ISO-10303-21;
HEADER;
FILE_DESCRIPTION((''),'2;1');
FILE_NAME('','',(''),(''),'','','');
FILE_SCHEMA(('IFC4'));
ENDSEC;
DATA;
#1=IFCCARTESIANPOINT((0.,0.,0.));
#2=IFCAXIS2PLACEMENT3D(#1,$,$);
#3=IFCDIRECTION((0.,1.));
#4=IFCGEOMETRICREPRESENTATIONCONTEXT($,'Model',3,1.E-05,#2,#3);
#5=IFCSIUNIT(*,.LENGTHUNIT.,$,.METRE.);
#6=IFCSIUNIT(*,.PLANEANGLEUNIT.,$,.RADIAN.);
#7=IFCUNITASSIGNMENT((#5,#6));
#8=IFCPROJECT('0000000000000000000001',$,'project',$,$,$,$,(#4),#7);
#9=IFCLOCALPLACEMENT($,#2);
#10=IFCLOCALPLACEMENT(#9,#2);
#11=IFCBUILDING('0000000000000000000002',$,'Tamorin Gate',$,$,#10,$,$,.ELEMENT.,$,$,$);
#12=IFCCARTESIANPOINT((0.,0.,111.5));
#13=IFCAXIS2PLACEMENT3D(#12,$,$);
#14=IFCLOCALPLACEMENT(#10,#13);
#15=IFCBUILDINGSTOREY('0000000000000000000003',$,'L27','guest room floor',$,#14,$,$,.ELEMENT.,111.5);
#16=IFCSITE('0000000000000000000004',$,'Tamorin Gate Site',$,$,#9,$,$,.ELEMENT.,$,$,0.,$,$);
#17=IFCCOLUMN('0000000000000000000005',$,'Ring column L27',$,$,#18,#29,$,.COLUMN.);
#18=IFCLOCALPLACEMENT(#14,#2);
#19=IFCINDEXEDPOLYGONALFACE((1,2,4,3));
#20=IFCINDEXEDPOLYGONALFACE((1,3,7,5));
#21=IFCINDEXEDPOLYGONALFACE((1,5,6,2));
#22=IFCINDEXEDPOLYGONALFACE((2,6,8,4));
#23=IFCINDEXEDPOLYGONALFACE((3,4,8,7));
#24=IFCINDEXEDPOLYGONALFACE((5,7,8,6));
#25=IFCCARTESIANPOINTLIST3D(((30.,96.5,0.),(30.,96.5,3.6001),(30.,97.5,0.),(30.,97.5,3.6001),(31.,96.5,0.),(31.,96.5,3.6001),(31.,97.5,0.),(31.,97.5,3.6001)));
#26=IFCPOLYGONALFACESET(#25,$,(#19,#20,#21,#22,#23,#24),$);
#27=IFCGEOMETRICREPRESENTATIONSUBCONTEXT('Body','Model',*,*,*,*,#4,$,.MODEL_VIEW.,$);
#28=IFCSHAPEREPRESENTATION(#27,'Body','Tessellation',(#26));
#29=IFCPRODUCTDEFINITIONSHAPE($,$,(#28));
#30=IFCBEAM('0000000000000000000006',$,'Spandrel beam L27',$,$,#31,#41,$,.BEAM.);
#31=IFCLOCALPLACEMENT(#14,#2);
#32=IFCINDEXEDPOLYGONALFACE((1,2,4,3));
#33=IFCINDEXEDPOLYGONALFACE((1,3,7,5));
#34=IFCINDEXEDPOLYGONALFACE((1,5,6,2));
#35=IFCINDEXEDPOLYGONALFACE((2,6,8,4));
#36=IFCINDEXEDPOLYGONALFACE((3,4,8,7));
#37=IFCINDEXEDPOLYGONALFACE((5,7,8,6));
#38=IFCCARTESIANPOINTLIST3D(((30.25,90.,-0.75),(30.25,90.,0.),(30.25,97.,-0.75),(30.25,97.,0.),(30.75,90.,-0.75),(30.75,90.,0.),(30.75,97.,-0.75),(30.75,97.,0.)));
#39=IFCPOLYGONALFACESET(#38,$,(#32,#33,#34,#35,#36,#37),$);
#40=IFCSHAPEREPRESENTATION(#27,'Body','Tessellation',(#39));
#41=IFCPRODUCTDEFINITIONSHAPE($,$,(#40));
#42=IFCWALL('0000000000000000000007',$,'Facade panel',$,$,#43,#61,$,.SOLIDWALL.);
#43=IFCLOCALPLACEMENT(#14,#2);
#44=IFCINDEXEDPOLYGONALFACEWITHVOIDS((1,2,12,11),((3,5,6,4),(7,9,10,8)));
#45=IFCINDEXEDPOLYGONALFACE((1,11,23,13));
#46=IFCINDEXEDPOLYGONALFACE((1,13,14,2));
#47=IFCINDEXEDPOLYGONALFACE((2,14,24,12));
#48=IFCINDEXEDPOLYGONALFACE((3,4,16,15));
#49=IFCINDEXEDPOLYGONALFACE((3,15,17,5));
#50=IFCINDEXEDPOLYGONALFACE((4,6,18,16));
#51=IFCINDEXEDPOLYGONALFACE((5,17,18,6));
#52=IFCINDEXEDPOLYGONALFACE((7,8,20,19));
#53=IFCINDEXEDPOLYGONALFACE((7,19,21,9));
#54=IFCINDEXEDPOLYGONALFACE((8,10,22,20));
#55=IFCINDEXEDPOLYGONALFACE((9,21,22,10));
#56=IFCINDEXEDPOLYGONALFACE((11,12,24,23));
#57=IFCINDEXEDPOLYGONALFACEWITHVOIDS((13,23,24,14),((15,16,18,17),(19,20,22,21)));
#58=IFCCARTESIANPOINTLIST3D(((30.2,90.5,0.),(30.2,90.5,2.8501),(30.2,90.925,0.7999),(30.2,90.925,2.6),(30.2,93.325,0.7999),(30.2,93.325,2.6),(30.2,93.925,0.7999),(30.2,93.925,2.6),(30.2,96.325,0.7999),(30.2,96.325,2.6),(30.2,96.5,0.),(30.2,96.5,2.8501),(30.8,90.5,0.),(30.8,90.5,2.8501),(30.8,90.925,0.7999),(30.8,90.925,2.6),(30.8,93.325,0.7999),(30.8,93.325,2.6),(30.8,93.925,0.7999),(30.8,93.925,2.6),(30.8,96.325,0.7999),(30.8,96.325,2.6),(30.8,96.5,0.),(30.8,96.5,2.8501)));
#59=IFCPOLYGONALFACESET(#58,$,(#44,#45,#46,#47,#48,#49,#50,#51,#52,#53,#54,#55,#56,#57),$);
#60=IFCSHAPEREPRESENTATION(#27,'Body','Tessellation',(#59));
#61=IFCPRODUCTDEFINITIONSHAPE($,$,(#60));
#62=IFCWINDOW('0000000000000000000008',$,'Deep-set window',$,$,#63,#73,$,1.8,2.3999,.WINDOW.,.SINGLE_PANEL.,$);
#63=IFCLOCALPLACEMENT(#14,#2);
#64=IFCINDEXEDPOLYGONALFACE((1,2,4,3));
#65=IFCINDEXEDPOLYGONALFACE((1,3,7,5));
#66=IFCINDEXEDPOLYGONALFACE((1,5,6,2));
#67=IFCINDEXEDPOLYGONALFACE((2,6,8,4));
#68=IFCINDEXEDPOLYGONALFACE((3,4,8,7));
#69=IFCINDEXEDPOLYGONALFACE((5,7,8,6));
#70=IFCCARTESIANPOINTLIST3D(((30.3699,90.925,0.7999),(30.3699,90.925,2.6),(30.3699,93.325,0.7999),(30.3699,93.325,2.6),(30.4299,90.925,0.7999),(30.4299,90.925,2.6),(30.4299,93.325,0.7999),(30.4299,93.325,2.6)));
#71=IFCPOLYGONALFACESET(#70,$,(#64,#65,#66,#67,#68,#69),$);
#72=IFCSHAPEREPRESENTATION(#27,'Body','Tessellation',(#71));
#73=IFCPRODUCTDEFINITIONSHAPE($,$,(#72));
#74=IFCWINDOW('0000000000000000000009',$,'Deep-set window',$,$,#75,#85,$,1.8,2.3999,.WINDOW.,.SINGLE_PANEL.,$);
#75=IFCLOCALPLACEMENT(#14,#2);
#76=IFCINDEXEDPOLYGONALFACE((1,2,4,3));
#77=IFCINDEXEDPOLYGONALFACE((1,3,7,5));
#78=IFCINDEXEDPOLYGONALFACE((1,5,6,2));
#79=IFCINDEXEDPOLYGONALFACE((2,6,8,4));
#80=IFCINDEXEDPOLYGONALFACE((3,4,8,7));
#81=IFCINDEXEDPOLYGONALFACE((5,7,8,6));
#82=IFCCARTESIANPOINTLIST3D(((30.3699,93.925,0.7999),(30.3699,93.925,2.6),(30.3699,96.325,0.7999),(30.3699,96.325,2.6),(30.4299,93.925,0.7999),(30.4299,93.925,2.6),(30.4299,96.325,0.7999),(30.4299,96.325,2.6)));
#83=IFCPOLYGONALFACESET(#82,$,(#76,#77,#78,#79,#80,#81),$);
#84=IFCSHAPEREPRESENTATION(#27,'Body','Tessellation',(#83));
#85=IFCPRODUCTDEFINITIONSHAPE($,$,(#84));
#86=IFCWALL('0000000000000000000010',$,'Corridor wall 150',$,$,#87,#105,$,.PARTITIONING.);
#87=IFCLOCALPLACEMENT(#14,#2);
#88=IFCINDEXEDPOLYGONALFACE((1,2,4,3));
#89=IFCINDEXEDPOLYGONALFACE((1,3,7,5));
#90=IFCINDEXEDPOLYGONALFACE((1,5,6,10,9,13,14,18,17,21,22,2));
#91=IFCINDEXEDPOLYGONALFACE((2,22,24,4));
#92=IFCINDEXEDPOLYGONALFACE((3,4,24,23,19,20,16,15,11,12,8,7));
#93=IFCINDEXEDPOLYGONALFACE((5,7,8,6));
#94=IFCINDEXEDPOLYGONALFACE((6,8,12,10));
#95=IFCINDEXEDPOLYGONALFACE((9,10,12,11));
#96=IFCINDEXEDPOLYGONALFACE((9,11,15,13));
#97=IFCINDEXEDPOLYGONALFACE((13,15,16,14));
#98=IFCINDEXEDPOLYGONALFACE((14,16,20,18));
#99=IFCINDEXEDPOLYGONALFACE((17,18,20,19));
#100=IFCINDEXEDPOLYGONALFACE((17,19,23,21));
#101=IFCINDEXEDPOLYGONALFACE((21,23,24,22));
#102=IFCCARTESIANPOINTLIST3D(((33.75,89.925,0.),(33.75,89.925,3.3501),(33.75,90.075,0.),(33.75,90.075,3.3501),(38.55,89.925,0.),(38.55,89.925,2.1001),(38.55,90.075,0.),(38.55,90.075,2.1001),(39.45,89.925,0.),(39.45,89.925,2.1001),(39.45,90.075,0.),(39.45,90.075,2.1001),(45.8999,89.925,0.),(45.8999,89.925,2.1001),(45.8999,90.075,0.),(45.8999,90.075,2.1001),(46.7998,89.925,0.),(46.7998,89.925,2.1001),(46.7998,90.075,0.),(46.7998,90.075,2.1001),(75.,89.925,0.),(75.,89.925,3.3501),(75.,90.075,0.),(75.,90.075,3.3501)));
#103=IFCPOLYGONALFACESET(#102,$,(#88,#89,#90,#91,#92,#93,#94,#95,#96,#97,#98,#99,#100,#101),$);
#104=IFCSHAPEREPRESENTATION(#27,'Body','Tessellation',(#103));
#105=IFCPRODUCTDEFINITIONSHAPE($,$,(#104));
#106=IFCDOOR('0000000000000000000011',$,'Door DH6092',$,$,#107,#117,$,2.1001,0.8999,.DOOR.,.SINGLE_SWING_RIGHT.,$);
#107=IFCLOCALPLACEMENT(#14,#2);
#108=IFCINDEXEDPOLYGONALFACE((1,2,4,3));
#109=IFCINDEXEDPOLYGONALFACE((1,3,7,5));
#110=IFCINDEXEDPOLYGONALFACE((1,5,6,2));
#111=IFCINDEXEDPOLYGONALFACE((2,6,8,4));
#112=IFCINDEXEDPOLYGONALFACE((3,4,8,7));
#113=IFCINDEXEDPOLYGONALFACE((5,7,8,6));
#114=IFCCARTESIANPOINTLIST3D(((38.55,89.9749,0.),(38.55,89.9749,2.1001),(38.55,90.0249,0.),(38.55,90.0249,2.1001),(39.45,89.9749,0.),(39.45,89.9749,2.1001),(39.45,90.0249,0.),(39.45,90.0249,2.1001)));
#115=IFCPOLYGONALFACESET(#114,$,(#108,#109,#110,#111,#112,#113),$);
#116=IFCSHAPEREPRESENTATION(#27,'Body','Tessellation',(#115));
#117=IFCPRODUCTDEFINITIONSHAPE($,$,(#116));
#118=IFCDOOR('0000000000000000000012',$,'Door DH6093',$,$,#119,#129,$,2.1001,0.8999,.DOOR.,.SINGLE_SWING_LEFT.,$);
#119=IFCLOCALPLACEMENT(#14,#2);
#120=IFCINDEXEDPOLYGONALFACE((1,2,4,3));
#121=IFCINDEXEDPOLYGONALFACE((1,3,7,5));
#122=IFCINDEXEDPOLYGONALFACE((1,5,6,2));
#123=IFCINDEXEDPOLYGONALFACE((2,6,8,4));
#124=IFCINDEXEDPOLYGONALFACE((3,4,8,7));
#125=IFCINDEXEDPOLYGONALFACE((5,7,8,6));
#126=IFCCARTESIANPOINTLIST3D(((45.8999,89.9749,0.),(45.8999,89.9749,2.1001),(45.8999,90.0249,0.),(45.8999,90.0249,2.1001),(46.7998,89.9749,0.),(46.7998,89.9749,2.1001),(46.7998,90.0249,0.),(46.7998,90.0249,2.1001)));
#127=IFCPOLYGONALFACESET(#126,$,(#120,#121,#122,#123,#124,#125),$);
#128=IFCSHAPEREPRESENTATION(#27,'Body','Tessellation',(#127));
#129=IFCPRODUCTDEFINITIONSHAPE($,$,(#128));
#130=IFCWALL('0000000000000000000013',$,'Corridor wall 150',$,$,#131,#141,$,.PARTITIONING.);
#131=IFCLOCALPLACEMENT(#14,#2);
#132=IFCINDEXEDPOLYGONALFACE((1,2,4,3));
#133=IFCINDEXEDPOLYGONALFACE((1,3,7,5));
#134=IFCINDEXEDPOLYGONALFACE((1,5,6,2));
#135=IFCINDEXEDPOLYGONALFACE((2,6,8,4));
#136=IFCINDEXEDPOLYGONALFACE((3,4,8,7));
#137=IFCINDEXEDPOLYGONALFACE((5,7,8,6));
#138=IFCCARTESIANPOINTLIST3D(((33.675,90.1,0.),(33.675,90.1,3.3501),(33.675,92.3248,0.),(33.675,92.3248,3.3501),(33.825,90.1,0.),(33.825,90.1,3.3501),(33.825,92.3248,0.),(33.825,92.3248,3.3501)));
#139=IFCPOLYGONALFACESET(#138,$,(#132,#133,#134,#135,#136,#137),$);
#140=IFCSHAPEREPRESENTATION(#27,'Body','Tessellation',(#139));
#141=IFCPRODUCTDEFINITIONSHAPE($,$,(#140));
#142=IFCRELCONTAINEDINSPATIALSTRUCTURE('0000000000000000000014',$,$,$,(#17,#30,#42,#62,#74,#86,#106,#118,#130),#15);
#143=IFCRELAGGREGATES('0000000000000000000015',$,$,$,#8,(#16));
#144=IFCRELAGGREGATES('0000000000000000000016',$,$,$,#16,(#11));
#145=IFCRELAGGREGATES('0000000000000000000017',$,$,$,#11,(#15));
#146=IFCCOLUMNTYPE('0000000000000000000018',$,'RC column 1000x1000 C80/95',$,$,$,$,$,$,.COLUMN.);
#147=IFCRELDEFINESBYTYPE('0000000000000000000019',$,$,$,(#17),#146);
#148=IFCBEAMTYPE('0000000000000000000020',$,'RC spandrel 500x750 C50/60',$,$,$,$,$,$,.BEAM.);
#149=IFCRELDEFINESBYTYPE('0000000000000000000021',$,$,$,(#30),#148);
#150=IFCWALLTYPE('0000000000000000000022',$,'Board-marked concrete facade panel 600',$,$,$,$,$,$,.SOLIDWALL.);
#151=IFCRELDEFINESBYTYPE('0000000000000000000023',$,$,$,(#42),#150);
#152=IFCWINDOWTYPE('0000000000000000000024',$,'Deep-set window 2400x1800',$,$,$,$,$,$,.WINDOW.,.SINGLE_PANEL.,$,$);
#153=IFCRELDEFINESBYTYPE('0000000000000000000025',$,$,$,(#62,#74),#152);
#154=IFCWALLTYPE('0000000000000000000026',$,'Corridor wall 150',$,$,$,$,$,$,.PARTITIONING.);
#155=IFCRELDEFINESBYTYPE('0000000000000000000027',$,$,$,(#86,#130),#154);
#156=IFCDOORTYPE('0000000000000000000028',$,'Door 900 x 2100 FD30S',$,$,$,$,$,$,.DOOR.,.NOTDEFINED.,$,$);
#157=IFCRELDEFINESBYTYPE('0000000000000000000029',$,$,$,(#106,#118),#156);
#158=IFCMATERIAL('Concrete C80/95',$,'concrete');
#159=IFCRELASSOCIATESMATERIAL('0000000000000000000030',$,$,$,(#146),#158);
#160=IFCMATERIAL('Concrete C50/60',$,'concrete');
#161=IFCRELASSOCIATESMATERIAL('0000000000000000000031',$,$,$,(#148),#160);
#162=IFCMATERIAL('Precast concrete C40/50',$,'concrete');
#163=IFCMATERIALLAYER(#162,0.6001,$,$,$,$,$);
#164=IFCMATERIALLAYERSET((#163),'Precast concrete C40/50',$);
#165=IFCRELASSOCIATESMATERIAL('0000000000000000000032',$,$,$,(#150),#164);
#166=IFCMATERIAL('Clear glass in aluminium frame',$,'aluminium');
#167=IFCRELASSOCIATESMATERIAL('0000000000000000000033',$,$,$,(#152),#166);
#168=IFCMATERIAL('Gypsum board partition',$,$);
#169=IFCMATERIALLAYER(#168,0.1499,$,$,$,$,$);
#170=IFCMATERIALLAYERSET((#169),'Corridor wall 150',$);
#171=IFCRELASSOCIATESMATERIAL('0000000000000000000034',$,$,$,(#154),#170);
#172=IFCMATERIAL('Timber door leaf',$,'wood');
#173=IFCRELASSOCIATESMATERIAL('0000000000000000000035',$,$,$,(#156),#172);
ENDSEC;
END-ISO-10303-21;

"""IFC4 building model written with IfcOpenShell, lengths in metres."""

from ifc_helpers import new_model, si_unit, direction, frame, frame_2d, origin, origin_2d, place, context, subcontext, project, spatial, rectangle, extrude, material, layer, layer_set, material_profile, profile_set, type_object, element, fill, save


model = new_model("IFC4")

# Units and contexts
model_context = context("Model", 3, precision=1e-05, world=origin(), true_north=direction((0.0, 1.0)))
body_context = subcontext(model_context, "Body", "Model", "MODEL_VIEW")
ifc_project = project(units=[si_unit("LENGTHUNIT", "METRE"), si_unit("PLANEANGLEUNIT", "RADIAN")], contexts=[model_context])

# Site, building, storey
site_placement = place(None, origin())
site = spatial("IfcSite", under=ifc_project, at=site_placement, Name="Tamorin Gate Site", CompositionType="ELEMENT", RefElevation=0.0)
building_placement = place(site_placement, origin())
building = spatial("IfcBuilding", under=site, at=building_placement, Name="Tamorin Gate", CompositionType="ELEMENT")
storey_placement = place(building_placement, frame((0.0, 0.0, 111.5)))
storey = spatial("IfcBuildingStorey", under=building, at=storey_placement, Name="L27", Description="guest room floor", CompositionType="ELEMENT", Elevation=111.5)

# Column
ifc_material_1 = material(Name="Concrete C80/95", Category="concrete")
ifc_material_profile_1 = material_profile(ifc_material_1, rectangle(XDim=1.0, YDim=1.0, at=origin_2d()), Name="RC 1000x1000")
ifc_profile_set_1 = profile_set([ifc_material_profile_1], Name="Concrete C80/95")
column_type = type_object("IfcColumnType", Name="RC column 1000x1000 C80/95", PredefinedType="COLUMN", material=ifc_profile_set_1)
column_placement = place(storey_placement, frame((30.5, 97.0, 0.0), z_axis=(0.0, 0.0, 1.0), x_axis=(1.0, 0.0, 0.0)))
element("IfcColumn", 1, at=column_placement, inside=storey, type_object=column_type, Name="Ring column L27", PredefinedType="COLUMN", context=body_context, shape_type="SweptSolid", body=[
    extrude(rectangle(XDim=1.0, YDim=1.0, at=origin_2d()), origin(), (0.0, 0.0, 1.0), 3.6001),
])

# Beam
ifc_material_2 = material(Name="Concrete C50/60", Category="concrete")
ifc_material_profile_2 = material_profile(ifc_material_2, rectangle(XDim=0.5, YDim=0.75, at=origin_2d()), Name="RC 500x750")
ifc_profile_set_2 = profile_set([ifc_material_profile_2], Name="Concrete C50/60")
beam_type = type_object("IfcBeamType", Name="RC spandrel 500x750 C50/60", PredefinedType="BEAM", material=ifc_profile_set_2)
beam_placement = place(storey_placement, frame((30.5, 97.0, -0.375), z_axis=(0.0, -1.0, 0.0), x_axis=(1.0, 0.0, 0.0)))
element("IfcBeam", 2, at=beam_placement, inside=storey, type_object=beam_type, Name="Spandrel beam L27", PredefinedType="BEAM", context=body_context, shape_type="SweptSolid", body=[
    extrude(rectangle(XDim=0.5, YDim=0.75, at=origin_2d()), origin(), (0.0, 0.0, 1.0), 7.0),
])

# Wall, openings, windows
ifc_material_3 = material(Name="Precast concrete C40/50", Category="concrete")
ifc_layer_1 = layer(ifc_material_3, 0.6001)
ifc_layer_set_1 = layer_set([ifc_layer_1], Name="Precast concrete C40/50")
wall_type_1 = type_object("IfcWallType", Name="Board-marked concrete facade panel 600", PredefinedType="SOLIDWALL", material=ifc_layer_set_1)
wall_1_placement = place(storey_placement, frame((30.5, 96.5, 0.0), z_axis=(0.0, 0.0, 1.0), x_axis=(0.0, -1.0, 0.0)))
wall_1 = element("IfcWall", 3, at=wall_1_placement, inside=storey, type_object=wall_type_1, Name="Facade panel", PredefinedType="SOLIDWALL", context=body_context, shape_type="SweptSolid", body=[
    extrude(rectangle(XDim=6.0, YDim=0.6001, at=frame_2d((3.0, 0.0))), origin(), (0.0, 0.0, 1.0), 2.8501),
])
opening_1_placement = place(wall_1_placement, frame((3.175, 0.0, 0.8)))
opening_1 = element("IfcOpeningElement", 4, at=opening_1_placement, cuts=wall_1, PredefinedType="OPENING", context=body_context, shape_type="SweptSolid", body=[
    extrude(rectangle(XDim=2.3999, YDim=1.8, at=frame_2d((1.2, 0.8999))), frame((0.0, 0.3101, 0.0), z_axis=(0.0, -1.0, 0.0), x_axis=(1.0, 0.0, 0.0)), (0.0, 0.0, 1.0), 0.6201),
])
opening_2_placement = place(wall_1_placement, frame((0.175, 0.0, 0.8)))
opening_2 = element("IfcOpeningElement", 5, at=opening_2_placement, cuts=wall_1, PredefinedType="OPENING", context=body_context, shape_type="SweptSolid", body=[
    extrude(rectangle(XDim=2.3999, YDim=1.8, at=frame_2d((1.2, 0.8999))), frame((0.0, 0.3101, 0.0), z_axis=(0.0, -1.0, 0.0), x_axis=(1.0, 0.0, 0.0)), (0.0, 0.0, 1.0), 0.6201),
])
ifc_material_4 = material(Name="Clear glass in aluminium frame", Category="aluminium")
window_type = type_object("IfcWindowType", Name="Deep-set window 2400x1800", PartitioningType="SINGLE_PANEL", PredefinedType="WINDOW", material=ifc_material_4)
window_1_placement = place(opening_1_placement, origin())
window_1 = element("IfcWindow", 6, at=window_1_placement, inside=storey, type_object=window_type, Name="Deep-set window", OverallHeight=1.8, OverallWidth=2.3999, PartitioningType="SINGLE_PANEL", PredefinedType="WINDOW", context=body_context, shape_type="SweptSolid", body=[
    extrude(rectangle(XDim=2.3999, YDim=1.8, at=frame_2d((1.2, 0.8999))), frame((0.0, -0.0701, 0.0), z_axis=(0.0, -1.0, 0.0), x_axis=(1.0, 0.0, 0.0)), (0.0, 0.0, 1.0), 0.0601),
])
fill(opening_1, window_1)
window_2_placement = place(opening_2_placement, origin())
window_2 = element("IfcWindow", 7, at=window_2_placement, inside=storey, type_object=window_type, Name="Deep-set window", OverallHeight=1.8, OverallWidth=2.3999, PartitioningType="SINGLE_PANEL", PredefinedType="WINDOW", context=body_context, shape_type="SweptSolid", body=[
    extrude(rectangle(XDim=2.3999, YDim=1.8, at=frame_2d((1.2, 0.8999))), frame((0.0, -0.0701, 0.0), z_axis=(0.0, -1.0, 0.0), x_axis=(1.0, 0.0, 0.0)), (0.0, 0.0, 1.0), 0.0601),
])
fill(opening_2, window_2)

# Wall, openings, doors
ifc_material_5 = material(Name="Gypsum board partition")
ifc_layer_2 = layer(ifc_material_5, 0.1499)
ifc_layer_set_2 = layer_set([ifc_layer_2], Name="Corridor wall 150")
wall_type_2 = type_object("IfcWallType", Name="Corridor wall 150", PredefinedType="PARTITIONING", material=ifc_layer_set_2)
wall_2_placement = place(storey_placement, frame((33.75, 90.0, 0.0), z_axis=(0.0, 0.0, 1.0), x_axis=(1.0, 0.0, 0.0)))
wall_2 = element("IfcWall", 8, at=wall_2_placement, inside=storey, type_object=wall_type_2, Name="Corridor wall 150", PredefinedType="PARTITIONING", context=body_context, shape_type="SweptSolid", body=[
    extrude(rectangle(XDim=41.25, YDim=0.1499, at=frame_2d((20.625, 0.0))), origin(), (0.0, 0.0, 1.0), 3.3501),
])
opening_3_placement = place(wall_2_placement, frame((4.8, 0.0, 0.0)))
opening_3 = element("IfcOpeningElement", 9, at=opening_3_placement, cuts=wall_2, PredefinedType="OPENING", context=body_context, shape_type="SweptSolid", body=[
    extrude(rectangle(XDim=0.8999, YDim=2.1001, at=frame_2d((0.45, 1.05))), frame((0.0, 0.085, 0.0), z_axis=(0.0, -1.0, 0.0), x_axis=(1.0, 0.0, 0.0)), (0.0, 0.0, 1.0), 0.1699),
])
opening_4_placement = place(wall_2_placement, frame((12.1499, 0.0, 0.0)))
opening_4 = element("IfcOpeningElement", 10, at=opening_4_placement, cuts=wall_2, PredefinedType="OPENING", context=body_context, shape_type="SweptSolid", body=[
    extrude(rectangle(XDim=0.8999, YDim=2.1001, at=frame_2d((0.45, 1.05))), frame((0.0, 0.085, 0.0), z_axis=(0.0, -1.0, 0.0), x_axis=(1.0, 0.0, 0.0)), (0.0, 0.0, 1.0), 0.1699),
])
ifc_material_6 = material(Name="Timber door leaf", Category="wood")
door_type_1 = type_object("IfcDoorType", Name="Door 900 x 2100 FD30S", OperationType="NOTDEFINED", PredefinedType="DOOR", material=ifc_material_6)
door_1_placement = place(opening_3_placement, origin())
door_1 = element("IfcDoor", 11, at=door_1_placement, inside=storey, type_object=door_type_1, Name="Door DH6092", OperationType="SINGLE_SWING_RIGHT", OverallHeight=2.1001, OverallWidth=0.8999, PredefinedType="DOOR", context=body_context, shape_type="SweptSolid", body=[
    extrude(rectangle(XDim=0.8999, YDim=2.1001, at=frame_2d((0.45, 1.05))), frame((0.0, 0.0249, 0.0), z_axis=(0.0, -1.0, 0.0), x_axis=(1.0, 0.0, 0.0)), (0.0, 0.0, 1.0), 0.05),
])
fill(opening_3, door_1)
door_2_placement = place(opening_4_placement, origin())
door_2 = element("IfcDoor", 12, at=door_2_placement, inside=storey, type_object=door_type_1, Name="Door DH6093", OperationType="SINGLE_SWING_LEFT", OverallHeight=2.1001, OverallWidth=0.8999, PredefinedType="DOOR", context=body_context, shape_type="SweptSolid", body=[
    extrude(rectangle(XDim=0.8999, YDim=2.1001, at=frame_2d((0.45, 1.05))), frame((0.0, 0.0249, 0.0), z_axis=(0.0, -1.0, 0.0), x_axis=(1.0, 0.0, 0.0)), (0.0, 0.0, 1.0), 0.05),
])
fill(opening_4, door_2)

# Wall
wall_3_placement = place(storey_placement, frame((33.75, 90.1001, 0.0), z_axis=(0.0, 0.0, 1.0), x_axis=(0.0, 1.0, 0.0)))
element("IfcWall", 13, at=wall_3_placement, inside=storey, type_object=wall_type_2, Name="Corridor wall 150", PredefinedType="PARTITIONING", context=body_context, shape_type="SweptSolid", body=[
    extrude(rectangle(XDim=2.2249, YDim=0.1499, at=frame_2d((1.1123, 0.0))), origin(), (0.0, 0.0, 1.0), 3.3501),
])

save(model, "model.ifc")
